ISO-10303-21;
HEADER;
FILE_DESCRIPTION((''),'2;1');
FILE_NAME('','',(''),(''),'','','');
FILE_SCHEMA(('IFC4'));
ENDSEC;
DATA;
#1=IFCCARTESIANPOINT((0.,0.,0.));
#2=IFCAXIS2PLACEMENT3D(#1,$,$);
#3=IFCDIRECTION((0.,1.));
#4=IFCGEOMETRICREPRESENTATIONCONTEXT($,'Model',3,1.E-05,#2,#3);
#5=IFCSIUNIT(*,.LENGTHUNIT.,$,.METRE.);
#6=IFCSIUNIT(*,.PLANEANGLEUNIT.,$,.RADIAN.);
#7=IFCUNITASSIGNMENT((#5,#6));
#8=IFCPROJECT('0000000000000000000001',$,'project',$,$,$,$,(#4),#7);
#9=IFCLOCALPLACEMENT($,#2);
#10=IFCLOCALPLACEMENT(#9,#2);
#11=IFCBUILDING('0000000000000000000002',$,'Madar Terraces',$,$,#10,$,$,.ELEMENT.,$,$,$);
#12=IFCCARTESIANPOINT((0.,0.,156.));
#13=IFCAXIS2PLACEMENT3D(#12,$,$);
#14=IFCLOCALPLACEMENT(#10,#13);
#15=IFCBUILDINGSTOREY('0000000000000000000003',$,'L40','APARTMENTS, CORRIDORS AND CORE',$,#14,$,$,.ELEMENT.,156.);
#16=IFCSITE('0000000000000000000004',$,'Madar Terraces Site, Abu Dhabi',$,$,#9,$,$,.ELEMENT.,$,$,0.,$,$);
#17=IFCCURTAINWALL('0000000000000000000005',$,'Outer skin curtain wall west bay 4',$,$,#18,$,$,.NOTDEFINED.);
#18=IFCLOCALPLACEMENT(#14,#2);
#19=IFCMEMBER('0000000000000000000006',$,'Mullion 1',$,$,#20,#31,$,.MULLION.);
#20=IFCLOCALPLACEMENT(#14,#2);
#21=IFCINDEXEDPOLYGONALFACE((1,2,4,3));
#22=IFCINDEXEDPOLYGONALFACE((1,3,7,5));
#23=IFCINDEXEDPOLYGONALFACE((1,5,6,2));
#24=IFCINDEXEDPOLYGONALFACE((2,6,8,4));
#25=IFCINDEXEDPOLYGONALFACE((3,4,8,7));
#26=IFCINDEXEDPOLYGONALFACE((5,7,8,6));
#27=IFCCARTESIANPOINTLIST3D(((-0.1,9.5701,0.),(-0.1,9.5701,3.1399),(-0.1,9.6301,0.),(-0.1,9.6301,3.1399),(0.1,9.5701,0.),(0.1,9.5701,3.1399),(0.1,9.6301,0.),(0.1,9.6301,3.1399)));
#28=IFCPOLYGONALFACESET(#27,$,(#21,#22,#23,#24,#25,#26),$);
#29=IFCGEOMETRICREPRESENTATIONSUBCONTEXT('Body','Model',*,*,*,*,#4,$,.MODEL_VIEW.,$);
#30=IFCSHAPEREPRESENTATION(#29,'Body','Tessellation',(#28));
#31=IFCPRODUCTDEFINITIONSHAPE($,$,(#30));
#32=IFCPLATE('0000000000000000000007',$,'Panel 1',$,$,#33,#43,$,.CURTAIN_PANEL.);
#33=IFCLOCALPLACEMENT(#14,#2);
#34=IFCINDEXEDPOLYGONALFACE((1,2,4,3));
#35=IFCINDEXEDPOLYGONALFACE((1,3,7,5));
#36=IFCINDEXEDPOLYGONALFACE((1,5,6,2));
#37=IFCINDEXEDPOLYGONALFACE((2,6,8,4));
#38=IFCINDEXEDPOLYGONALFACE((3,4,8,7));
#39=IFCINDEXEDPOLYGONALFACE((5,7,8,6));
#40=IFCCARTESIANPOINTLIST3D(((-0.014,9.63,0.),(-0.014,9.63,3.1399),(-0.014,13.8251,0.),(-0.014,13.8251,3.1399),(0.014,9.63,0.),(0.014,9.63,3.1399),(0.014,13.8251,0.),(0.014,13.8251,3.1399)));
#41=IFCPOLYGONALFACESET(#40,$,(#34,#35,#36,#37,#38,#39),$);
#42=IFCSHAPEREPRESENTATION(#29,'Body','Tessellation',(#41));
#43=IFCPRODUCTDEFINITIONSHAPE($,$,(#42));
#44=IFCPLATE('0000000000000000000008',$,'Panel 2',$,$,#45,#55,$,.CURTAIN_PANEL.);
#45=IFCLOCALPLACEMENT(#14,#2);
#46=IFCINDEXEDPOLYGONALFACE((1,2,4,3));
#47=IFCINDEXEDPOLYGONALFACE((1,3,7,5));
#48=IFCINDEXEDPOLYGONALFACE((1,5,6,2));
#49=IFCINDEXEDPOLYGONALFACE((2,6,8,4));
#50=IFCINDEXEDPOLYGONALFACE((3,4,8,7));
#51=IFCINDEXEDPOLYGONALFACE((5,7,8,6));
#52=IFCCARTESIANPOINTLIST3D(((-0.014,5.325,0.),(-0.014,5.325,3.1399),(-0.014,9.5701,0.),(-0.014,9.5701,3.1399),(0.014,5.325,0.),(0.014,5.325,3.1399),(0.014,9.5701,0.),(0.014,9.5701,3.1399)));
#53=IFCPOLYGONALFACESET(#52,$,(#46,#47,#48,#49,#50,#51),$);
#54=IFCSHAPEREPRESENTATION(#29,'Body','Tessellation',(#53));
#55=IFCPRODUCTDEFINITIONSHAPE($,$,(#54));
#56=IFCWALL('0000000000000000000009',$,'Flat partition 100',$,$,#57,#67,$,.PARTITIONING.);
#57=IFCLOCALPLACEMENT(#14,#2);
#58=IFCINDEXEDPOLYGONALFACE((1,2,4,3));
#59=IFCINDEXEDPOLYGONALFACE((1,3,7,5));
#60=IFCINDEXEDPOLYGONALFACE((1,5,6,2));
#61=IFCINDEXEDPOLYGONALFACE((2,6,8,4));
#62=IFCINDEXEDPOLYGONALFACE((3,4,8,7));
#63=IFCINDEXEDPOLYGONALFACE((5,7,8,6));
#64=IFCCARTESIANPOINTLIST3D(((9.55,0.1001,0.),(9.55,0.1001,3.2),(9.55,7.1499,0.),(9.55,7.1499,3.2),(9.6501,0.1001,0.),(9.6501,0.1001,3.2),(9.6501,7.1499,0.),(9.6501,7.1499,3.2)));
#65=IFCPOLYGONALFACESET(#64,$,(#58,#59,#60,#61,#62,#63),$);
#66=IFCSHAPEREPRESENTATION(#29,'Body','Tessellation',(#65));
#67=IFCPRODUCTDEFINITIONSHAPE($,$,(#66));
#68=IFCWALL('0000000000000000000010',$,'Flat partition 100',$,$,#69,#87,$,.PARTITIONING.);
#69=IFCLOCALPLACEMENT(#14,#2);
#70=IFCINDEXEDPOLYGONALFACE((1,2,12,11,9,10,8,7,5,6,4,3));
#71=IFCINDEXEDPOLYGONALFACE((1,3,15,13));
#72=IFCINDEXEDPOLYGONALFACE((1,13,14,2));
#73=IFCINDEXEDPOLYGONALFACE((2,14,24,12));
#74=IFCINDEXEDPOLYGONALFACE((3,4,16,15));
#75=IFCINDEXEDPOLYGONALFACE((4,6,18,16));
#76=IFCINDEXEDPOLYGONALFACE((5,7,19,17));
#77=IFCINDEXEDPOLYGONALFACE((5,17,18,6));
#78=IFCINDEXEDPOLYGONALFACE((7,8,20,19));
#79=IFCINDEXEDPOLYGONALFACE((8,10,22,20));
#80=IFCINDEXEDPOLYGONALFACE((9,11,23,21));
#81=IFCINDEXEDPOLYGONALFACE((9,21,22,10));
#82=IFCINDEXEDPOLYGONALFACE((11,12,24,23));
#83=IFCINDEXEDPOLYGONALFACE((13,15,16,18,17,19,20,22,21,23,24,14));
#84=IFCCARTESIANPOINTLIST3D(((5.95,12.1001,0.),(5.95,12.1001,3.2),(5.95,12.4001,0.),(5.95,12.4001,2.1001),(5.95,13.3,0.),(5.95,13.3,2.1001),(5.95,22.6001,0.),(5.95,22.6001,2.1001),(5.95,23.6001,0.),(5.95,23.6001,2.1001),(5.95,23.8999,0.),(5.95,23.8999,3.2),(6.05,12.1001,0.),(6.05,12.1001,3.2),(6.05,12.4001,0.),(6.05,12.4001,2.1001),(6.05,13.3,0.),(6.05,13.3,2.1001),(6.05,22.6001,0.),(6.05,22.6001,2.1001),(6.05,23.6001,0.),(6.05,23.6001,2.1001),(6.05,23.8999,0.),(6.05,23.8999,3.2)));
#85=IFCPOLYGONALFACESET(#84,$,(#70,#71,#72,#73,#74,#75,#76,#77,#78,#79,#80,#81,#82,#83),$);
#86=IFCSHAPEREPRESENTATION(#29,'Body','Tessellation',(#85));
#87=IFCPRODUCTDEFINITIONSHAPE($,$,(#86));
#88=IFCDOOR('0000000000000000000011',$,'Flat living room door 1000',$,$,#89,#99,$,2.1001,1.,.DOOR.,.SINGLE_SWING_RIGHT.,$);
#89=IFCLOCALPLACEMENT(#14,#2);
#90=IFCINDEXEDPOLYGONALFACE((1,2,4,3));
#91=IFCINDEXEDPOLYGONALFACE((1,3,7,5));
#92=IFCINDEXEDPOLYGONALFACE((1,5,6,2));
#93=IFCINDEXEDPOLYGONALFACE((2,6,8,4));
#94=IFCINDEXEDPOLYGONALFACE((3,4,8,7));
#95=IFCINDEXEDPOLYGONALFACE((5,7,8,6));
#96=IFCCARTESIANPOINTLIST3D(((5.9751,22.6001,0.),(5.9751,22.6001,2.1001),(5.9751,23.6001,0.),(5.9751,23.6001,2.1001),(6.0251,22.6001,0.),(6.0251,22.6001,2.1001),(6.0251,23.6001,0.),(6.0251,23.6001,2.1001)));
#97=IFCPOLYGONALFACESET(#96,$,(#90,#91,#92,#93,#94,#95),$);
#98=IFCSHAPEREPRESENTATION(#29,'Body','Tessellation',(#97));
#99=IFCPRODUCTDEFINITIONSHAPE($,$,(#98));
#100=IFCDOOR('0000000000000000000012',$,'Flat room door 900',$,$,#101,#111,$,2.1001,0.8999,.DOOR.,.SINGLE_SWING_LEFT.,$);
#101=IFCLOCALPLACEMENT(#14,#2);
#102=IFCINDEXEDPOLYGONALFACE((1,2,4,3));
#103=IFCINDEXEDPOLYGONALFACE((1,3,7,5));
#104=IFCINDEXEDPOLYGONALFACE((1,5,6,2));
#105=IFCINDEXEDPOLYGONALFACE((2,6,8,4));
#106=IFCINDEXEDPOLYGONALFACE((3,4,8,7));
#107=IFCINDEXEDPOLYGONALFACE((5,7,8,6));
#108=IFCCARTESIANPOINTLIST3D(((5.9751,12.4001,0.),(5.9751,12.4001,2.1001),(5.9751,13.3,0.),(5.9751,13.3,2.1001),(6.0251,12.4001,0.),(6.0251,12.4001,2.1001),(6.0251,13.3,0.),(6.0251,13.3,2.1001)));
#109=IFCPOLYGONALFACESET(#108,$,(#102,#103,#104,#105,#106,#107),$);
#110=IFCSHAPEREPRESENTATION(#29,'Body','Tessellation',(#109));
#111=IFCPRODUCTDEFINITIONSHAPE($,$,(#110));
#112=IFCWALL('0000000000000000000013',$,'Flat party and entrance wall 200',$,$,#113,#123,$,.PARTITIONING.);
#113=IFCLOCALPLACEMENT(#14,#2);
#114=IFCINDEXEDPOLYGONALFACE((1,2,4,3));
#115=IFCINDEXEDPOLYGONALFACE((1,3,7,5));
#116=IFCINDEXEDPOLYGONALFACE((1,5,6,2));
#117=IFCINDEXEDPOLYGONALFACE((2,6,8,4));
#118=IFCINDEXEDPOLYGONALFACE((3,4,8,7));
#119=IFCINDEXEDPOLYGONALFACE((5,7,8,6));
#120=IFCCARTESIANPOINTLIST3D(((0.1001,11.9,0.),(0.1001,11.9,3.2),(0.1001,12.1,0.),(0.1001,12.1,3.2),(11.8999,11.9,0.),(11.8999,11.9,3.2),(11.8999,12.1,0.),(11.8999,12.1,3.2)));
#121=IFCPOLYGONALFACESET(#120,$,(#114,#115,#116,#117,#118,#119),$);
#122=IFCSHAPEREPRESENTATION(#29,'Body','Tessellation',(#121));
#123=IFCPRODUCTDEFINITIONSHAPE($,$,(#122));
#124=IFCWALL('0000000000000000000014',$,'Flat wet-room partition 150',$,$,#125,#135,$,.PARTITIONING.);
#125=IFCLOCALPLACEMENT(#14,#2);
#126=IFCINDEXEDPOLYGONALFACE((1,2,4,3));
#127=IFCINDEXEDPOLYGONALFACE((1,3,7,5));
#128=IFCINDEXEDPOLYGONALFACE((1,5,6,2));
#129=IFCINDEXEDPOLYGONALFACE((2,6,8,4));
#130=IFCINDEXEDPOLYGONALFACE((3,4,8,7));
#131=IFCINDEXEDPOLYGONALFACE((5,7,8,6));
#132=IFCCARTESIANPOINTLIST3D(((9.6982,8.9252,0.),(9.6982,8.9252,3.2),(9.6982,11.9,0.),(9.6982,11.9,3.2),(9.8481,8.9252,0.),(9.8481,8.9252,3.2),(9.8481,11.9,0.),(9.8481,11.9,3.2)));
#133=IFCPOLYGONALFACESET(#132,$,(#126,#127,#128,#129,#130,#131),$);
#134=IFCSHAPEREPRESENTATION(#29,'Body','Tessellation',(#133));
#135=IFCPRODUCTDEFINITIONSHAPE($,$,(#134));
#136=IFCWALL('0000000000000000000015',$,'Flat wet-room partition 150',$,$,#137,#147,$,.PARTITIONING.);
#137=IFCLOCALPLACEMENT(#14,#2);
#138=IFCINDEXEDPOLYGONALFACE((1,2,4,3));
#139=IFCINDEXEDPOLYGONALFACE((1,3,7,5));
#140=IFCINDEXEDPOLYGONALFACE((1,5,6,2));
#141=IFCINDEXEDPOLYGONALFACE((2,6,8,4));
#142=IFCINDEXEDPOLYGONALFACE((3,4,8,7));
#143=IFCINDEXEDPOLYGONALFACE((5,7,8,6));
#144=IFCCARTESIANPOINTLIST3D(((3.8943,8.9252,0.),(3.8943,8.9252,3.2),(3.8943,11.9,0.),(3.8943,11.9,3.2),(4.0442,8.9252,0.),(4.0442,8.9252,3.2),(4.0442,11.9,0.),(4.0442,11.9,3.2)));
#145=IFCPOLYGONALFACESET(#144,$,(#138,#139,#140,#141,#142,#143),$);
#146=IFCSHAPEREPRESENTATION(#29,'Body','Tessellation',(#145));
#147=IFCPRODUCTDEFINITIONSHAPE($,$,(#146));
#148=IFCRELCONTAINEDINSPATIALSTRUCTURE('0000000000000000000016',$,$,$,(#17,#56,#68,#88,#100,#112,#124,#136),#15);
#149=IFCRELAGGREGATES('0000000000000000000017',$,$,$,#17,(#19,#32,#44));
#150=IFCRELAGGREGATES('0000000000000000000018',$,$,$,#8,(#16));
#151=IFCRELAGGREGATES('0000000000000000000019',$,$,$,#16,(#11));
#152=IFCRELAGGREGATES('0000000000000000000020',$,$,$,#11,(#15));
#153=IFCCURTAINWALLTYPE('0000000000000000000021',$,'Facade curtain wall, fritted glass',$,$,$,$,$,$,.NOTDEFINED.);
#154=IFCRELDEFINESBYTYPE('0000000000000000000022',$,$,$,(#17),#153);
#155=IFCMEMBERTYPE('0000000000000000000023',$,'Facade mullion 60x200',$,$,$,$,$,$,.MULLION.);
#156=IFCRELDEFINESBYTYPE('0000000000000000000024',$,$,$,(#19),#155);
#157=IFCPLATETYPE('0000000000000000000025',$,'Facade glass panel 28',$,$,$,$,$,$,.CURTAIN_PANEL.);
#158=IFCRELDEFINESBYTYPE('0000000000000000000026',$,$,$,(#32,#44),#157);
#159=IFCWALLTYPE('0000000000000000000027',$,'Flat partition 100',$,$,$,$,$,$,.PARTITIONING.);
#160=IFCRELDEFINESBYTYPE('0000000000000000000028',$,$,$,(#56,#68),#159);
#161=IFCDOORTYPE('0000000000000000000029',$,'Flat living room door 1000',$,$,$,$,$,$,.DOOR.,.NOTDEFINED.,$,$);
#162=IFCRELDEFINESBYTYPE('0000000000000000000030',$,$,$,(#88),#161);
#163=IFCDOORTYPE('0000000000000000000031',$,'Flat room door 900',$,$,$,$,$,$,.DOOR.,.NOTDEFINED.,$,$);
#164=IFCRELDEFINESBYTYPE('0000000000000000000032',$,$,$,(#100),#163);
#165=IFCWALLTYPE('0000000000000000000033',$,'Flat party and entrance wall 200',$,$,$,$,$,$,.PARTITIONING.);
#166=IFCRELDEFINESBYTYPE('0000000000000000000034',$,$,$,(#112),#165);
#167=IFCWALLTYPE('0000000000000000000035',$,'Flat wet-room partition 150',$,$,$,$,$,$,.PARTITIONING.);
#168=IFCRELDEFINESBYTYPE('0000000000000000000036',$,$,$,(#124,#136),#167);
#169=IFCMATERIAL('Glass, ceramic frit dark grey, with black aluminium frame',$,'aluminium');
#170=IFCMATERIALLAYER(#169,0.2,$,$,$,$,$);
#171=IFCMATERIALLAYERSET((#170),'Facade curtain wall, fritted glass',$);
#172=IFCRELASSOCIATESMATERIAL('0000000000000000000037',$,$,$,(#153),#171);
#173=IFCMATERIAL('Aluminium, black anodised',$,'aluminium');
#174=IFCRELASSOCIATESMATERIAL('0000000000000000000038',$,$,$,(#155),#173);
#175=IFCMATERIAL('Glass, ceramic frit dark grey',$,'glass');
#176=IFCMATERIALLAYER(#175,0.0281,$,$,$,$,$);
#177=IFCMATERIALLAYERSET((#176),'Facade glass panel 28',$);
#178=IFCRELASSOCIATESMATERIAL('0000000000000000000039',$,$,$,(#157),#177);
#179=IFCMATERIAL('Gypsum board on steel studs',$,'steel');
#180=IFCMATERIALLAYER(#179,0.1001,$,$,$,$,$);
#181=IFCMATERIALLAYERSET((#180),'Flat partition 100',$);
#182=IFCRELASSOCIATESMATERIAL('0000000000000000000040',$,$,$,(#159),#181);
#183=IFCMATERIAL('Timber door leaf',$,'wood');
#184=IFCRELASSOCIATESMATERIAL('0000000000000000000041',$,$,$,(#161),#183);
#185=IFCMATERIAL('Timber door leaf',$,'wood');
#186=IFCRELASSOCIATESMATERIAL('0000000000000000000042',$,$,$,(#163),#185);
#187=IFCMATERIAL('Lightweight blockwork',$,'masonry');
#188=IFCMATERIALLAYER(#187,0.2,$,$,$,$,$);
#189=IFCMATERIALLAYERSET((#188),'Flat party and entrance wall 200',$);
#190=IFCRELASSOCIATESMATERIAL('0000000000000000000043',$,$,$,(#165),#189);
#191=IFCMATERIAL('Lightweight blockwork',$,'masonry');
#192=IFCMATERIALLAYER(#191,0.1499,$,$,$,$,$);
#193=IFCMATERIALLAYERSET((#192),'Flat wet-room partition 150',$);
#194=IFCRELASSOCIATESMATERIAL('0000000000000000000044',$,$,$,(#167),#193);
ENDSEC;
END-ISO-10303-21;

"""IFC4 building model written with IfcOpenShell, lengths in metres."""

from ifc_helpers import new_model, si_unit, direction, frame, frame_2d, origin, origin_2d, place, context, subcontext, project, spatial, rectangle, extrude, material, layer, layer_set, material_profile, profile_set, type_object, element, fill, aggregate, save


model = new_model("IFC4")

# Units and contexts
model_context = context("Model", 3, precision=1e-05, world=origin(), true_north=direction((0.0, 1.0)))
body_context = subcontext(model_context, "Body", "Model", "MODEL_VIEW")
ifc_project = project(units=[si_unit("LENGTHUNIT", "METRE"), si_unit("PLANEANGLEUNIT", "RADIAN")], contexts=[model_context])

# Site, building, storey
site_placement = place(None, origin())
site = spatial("IfcSite", under=ifc_project, at=site_placement, Name="Madar Terraces Site, Abu Dhabi", CompositionType="ELEMENT", RefElevation=0.0)
building_placement = place(site_placement, origin())
building = spatial("IfcBuilding", under=site, at=building_placement, Name="Madar Terraces", CompositionType="ELEMENT")
storey_placement = place(building_placement, frame((0.0, 0.0, 156.0)))
storey = spatial("IfcBuildingStorey", under=building, at=storey_placement, Name="L40", Description="APARTMENTS, CORRIDORS AND CORE", CompositionType="ELEMENT", Elevation=156.0)

# Curtain wall, member, plates
ifc_material_1 = material(Name="Glass, ceramic frit dark grey, with black aluminium frame", Category="aluminium")
ifc_layer_1 = layer(ifc_material_1, 0.2)
ifc_layer_set_1 = layer_set([ifc_layer_1], Name="Facade curtain wall, fritted glass")
curtain_wall_type = type_object("IfcCurtainWallType", Name="Facade curtain wall, fritted glass", PredefinedType="NOTDEFINED", material=ifc_layer_set_1)
curtain_wall_placement = place(storey_placement, origin())
curtain_wall = element("IfcCurtainWall", 1, at=curtain_wall_placement, inside=storey, type_object=curtain_wall_type, Name="Outer skin curtain wall west bay 4", PredefinedType="NOTDEFINED")
ifc_material_2 = material(Name="Aluminium, black anodised", Category="aluminium")
ifc_material_profile = material_profile(ifc_material_2, rectangle(XDim=0.2, YDim=0.0601, at=origin_2d()), Name="Facade mullion 60x200")
ifc_profile_set = profile_set([ifc_material_profile], Name="Aluminium, black anodised")
member_type = type_object("IfcMemberType", Name="Facade mullion 60x200", PredefinedType="MULLION", material=ifc_profile_set)
member_placement = place(storey_placement, frame((0.0, 9.6001, 0.0), z_axis=(0.0, 0.0, 1.0), x_axis=(1.0, 0.0, 0.0)))
member = element("IfcMember", 2, at=member_placement, type_object=member_type, Name="Mullion 1", PredefinedType="MULLION", context=body_context, shape_type="SweptSolid", body=[
    extrude(rectangle(XDim=0.2, YDim=0.0601, at=origin_2d()), origin(), (0.0, 0.0, 1.0), 3.1399),
])
ifc_material_3 = material(Name="Glass, ceramic frit dark grey", Category="glass")
ifc_layer_2 = layer(ifc_material_3, 0.0281)
ifc_layer_set_2 = layer_set([ifc_layer_2], Name="Facade glass panel 28")
plate_type = type_object("IfcPlateType", Name="Facade glass panel 28", PredefinedType="CURTAIN_PANEL", material=ifc_layer_set_2)
plate_1_placement = place(storey_placement, frame((0.0, 11.7275, 0.0), z_axis=(0.0, 0.0, 1.0), x_axis=(0.0, -1.0, 0.0)))
plate_1 = element("IfcPlate", 3, at=plate_1_placement, type_object=plate_type, Name="Panel 1", PredefinedType="CURTAIN_PANEL", context=body_context, shape_type="SweptSolid", body=[
    extrude(rectangle(XDim=4.1951, YDim=0.0281, at=origin_2d()), origin(), (0.0, 0.0, 1.0), 3.1399),
])
plate_2_placement = place(storey_placement, frame((0.0, 7.4475, 0.0), z_axis=(0.0, 0.0, 1.0), x_axis=(0.0, -1.0, 0.0)))
plate_2 = element("IfcPlate", 4, at=plate_2_placement, type_object=plate_type, Name="Panel 2", PredefinedType="CURTAIN_PANEL", context=body_context, shape_type="SweptSolid", body=[
    extrude(rectangle(XDim=4.2451, YDim=0.0281, at=origin_2d()), origin(), (0.0, 0.0, 1.0), 3.1399),
])
aggregate(curtain_wall, [member, plate_1, plate_2])

# Wall
ifc_material_4 = material(Name="Gypsum board on steel studs", Category="steel")
ifc_layer_3 = layer(ifc_material_4, 0.1001)
ifc_layer_set_3 = layer_set([ifc_layer_3], Name="Flat partition 100")
wall_type_1 = type_object("IfcWallType", Name="Flat partition 100", PredefinedType="PARTITIONING", material=ifc_layer_set_3)
wall_1_placement = place(storey_placement, frame((9.6001, 7.1499, 0.0), z_axis=(0.0, 0.0, 1.0), x_axis=(0.0, -1.0, 0.0)))
element("IfcWall", 5, at=wall_1_placement, inside=storey, type_object=wall_type_1, Name="Flat partition 100", PredefinedType="PARTITIONING", context=body_context, shape_type="SweptSolid", body=[
    extrude(rectangle(XDim=7.0498, YDim=0.1001, at=frame_2d((3.5249, 0.0))), origin(), (0.0, 0.0, 1.0), 3.2),
])

# Wall, openings, doors
wall_2_placement = place(storey_placement, frame((6.0, 12.1001, 0.0), z_axis=(0.0, 0.0, 1.0), x_axis=(0.0, 1.0, 0.0)))
wall_2 = element("IfcWall", 6, at=wall_2_placement, inside=storey, type_object=wall_type_1, Name="Flat partition 100", PredefinedType="PARTITIONING", context=body_context, shape_type="SweptSolid", body=[
    extrude(rectangle(XDim=11.7998, YDim=0.1001, at=frame_2d((5.8999, 0.0))), origin(), (0.0, 0.0, 1.0), 3.2),
])
opening_1_placement = place(wall_2_placement, frame((10.5, 0.0, 0.0)))
opening_1 = element("IfcOpeningElement", 7, at=opening_1_placement, cuts=wall_2, PredefinedType="OPENING", context=body_context, shape_type="SweptSolid", body=[
    extrude(rectangle(XDim=1.0, YDim=2.1001, at=frame_2d((0.5, 1.05))), frame((0.0, 0.0601, 0.0), z_axis=(0.0, -1.0, 0.0), x_axis=(1.0, 0.0, 0.0)), (0.0, 0.0, 1.0), 0.1201),
])
opening_2_placement = place(wall_2_placement, frame((0.3, 0.0, 0.0)))
opening_2 = element("IfcOpeningElement", 8, at=opening_2_placement, cuts=wall_2, PredefinedType="OPENING", context=body_context, shape_type="SweptSolid", body=[
    extrude(rectangle(XDim=0.8999, YDim=2.1001, at=frame_2d((0.45, 1.05))), frame((0.0, 0.0601, 0.0), z_axis=(0.0, -1.0, 0.0), x_axis=(1.0, 0.0, 0.0)), (0.0, 0.0, 1.0), 0.1201),
])
ifc_material_5 = material(Name="Timber door leaf", Category="wood")
door_type_1 = type_object("IfcDoorType", Name="Flat living room door 1000", OperationType="NOTDEFINED", PredefinedType="DOOR", material=ifc_material_5)
door_1_placement = place(opening_1_placement, origin())
door_1 = element("IfcDoor", 9, at=door_1_placement, inside=storey, type_object=door_type_1, Name="Flat living room door 1000", OperationType="SINGLE_SWING_RIGHT", OverallHeight=2.1001, OverallWidth=1.0, PredefinedType="DOOR", context=body_context, shape_type="SweptSolid", body=[
    extrude(rectangle(XDim=1.0, YDim=2.1001, at=frame_2d((0.5, 1.05))), frame((0.0, 0.0249, 0.0), z_axis=(0.0, -1.0, 0.0), x_axis=(1.0, 0.0, 0.0)), (0.0, 0.0, 1.0), 0.05),
])
fill(opening_1, door_1)
ifc_material_6 = material(Name="Timber door leaf", Category="wood")
door_type_2 = type_object("IfcDoorType", Name="Flat room door 900", OperationType="NOTDEFINED", PredefinedType="DOOR", material=ifc_material_6)
door_2_placement = place(opening_2_placement, origin())
door_2 = element("IfcDoor", 10, at=door_2_placement, inside=storey, type_object=door_type_2, Name="Flat room door 900", OperationType="SINGLE_SWING_LEFT", OverallHeight=2.1001, OverallWidth=0.8999, PredefinedType="DOOR", context=body_context, shape_type="SweptSolid", body=[
    extrude(rectangle(XDim=0.8999, YDim=2.1001, at=frame_2d((0.45, 1.05))), frame((0.0, 0.0249, 0.0), z_axis=(0.0, -1.0, 0.0), x_axis=(1.0, 0.0, 0.0)), (0.0, 0.0, 1.0), 0.05),
])
fill(opening_2, door_2)

# Walls
ifc_material_7 = material(Name="Lightweight blockwork", Category="masonry")
ifc_layer_4 = layer(ifc_material_7, 0.2)
ifc_layer_set_4 = layer_set([ifc_layer_4], Name="Flat party and entrance wall 200")
wall_type_2 = type_object("IfcWallType", Name="Flat party and entrance wall 200", PredefinedType="PARTITIONING", material=ifc_layer_set_4)
wall_3_placement = place(storey_placement, frame((0.1001, 12.0, 0.0), z_axis=(0.0, 0.0, 1.0), x_axis=(1.0, 0.0, 0.0)))
element("IfcWall", 11, at=wall_3_placement, inside=storey, type_object=wall_type_2, Name="Flat party and entrance wall 200", PredefinedType="PARTITIONING", context=body_context, shape_type="SweptSolid", body=[
    extrude(rectangle(XDim=11.7998, YDim=0.2, at=frame_2d((5.8999, 0.0))), origin(), (0.0, 0.0, 1.0), 3.2),
])
ifc_material_8 = material(Name="Lightweight blockwork", Category="masonry")
ifc_layer_5 = layer(ifc_material_8, 0.1499)
ifc_layer_set_5 = layer_set([ifc_layer_5], Name="Flat wet-room partition 150")
wall_type_3 = type_object("IfcWallType", Name="Flat wet-room partition 150", PredefinedType="PARTITIONING", material=ifc_layer_set_5)
for number, where, z_axis, x_axis, name in (
    (12, (9.7732, 11.8999, 0.0), (0.0, 0.0, 1.0), (0.0, -1.0, 0.0), "Flat wet-room partition 150"),
    (13, (3.9692, 11.8999, 0.0), (0.0, 0.0, 1.0), (0.0, -1.0, 0.0), "Flat wet-room partition 150"),
):
    element("IfcWall", number, at=place(storey_placement, frame(where, z_axis=z_axis, x_axis=x_axis)), inside=storey, type_object=wall_type_3, Name=name, PredefinedType="PARTITIONING", context=body_context, shape_type="SweptSolid", body=[
        extrude(rectangle(XDim=2.9749, YDim=0.1499, at=frame_2d((1.4873, 0.0))), origin(), (0.0, 0.0, 1.0), 3.2),
    ])

save(model, "model.ifc")
